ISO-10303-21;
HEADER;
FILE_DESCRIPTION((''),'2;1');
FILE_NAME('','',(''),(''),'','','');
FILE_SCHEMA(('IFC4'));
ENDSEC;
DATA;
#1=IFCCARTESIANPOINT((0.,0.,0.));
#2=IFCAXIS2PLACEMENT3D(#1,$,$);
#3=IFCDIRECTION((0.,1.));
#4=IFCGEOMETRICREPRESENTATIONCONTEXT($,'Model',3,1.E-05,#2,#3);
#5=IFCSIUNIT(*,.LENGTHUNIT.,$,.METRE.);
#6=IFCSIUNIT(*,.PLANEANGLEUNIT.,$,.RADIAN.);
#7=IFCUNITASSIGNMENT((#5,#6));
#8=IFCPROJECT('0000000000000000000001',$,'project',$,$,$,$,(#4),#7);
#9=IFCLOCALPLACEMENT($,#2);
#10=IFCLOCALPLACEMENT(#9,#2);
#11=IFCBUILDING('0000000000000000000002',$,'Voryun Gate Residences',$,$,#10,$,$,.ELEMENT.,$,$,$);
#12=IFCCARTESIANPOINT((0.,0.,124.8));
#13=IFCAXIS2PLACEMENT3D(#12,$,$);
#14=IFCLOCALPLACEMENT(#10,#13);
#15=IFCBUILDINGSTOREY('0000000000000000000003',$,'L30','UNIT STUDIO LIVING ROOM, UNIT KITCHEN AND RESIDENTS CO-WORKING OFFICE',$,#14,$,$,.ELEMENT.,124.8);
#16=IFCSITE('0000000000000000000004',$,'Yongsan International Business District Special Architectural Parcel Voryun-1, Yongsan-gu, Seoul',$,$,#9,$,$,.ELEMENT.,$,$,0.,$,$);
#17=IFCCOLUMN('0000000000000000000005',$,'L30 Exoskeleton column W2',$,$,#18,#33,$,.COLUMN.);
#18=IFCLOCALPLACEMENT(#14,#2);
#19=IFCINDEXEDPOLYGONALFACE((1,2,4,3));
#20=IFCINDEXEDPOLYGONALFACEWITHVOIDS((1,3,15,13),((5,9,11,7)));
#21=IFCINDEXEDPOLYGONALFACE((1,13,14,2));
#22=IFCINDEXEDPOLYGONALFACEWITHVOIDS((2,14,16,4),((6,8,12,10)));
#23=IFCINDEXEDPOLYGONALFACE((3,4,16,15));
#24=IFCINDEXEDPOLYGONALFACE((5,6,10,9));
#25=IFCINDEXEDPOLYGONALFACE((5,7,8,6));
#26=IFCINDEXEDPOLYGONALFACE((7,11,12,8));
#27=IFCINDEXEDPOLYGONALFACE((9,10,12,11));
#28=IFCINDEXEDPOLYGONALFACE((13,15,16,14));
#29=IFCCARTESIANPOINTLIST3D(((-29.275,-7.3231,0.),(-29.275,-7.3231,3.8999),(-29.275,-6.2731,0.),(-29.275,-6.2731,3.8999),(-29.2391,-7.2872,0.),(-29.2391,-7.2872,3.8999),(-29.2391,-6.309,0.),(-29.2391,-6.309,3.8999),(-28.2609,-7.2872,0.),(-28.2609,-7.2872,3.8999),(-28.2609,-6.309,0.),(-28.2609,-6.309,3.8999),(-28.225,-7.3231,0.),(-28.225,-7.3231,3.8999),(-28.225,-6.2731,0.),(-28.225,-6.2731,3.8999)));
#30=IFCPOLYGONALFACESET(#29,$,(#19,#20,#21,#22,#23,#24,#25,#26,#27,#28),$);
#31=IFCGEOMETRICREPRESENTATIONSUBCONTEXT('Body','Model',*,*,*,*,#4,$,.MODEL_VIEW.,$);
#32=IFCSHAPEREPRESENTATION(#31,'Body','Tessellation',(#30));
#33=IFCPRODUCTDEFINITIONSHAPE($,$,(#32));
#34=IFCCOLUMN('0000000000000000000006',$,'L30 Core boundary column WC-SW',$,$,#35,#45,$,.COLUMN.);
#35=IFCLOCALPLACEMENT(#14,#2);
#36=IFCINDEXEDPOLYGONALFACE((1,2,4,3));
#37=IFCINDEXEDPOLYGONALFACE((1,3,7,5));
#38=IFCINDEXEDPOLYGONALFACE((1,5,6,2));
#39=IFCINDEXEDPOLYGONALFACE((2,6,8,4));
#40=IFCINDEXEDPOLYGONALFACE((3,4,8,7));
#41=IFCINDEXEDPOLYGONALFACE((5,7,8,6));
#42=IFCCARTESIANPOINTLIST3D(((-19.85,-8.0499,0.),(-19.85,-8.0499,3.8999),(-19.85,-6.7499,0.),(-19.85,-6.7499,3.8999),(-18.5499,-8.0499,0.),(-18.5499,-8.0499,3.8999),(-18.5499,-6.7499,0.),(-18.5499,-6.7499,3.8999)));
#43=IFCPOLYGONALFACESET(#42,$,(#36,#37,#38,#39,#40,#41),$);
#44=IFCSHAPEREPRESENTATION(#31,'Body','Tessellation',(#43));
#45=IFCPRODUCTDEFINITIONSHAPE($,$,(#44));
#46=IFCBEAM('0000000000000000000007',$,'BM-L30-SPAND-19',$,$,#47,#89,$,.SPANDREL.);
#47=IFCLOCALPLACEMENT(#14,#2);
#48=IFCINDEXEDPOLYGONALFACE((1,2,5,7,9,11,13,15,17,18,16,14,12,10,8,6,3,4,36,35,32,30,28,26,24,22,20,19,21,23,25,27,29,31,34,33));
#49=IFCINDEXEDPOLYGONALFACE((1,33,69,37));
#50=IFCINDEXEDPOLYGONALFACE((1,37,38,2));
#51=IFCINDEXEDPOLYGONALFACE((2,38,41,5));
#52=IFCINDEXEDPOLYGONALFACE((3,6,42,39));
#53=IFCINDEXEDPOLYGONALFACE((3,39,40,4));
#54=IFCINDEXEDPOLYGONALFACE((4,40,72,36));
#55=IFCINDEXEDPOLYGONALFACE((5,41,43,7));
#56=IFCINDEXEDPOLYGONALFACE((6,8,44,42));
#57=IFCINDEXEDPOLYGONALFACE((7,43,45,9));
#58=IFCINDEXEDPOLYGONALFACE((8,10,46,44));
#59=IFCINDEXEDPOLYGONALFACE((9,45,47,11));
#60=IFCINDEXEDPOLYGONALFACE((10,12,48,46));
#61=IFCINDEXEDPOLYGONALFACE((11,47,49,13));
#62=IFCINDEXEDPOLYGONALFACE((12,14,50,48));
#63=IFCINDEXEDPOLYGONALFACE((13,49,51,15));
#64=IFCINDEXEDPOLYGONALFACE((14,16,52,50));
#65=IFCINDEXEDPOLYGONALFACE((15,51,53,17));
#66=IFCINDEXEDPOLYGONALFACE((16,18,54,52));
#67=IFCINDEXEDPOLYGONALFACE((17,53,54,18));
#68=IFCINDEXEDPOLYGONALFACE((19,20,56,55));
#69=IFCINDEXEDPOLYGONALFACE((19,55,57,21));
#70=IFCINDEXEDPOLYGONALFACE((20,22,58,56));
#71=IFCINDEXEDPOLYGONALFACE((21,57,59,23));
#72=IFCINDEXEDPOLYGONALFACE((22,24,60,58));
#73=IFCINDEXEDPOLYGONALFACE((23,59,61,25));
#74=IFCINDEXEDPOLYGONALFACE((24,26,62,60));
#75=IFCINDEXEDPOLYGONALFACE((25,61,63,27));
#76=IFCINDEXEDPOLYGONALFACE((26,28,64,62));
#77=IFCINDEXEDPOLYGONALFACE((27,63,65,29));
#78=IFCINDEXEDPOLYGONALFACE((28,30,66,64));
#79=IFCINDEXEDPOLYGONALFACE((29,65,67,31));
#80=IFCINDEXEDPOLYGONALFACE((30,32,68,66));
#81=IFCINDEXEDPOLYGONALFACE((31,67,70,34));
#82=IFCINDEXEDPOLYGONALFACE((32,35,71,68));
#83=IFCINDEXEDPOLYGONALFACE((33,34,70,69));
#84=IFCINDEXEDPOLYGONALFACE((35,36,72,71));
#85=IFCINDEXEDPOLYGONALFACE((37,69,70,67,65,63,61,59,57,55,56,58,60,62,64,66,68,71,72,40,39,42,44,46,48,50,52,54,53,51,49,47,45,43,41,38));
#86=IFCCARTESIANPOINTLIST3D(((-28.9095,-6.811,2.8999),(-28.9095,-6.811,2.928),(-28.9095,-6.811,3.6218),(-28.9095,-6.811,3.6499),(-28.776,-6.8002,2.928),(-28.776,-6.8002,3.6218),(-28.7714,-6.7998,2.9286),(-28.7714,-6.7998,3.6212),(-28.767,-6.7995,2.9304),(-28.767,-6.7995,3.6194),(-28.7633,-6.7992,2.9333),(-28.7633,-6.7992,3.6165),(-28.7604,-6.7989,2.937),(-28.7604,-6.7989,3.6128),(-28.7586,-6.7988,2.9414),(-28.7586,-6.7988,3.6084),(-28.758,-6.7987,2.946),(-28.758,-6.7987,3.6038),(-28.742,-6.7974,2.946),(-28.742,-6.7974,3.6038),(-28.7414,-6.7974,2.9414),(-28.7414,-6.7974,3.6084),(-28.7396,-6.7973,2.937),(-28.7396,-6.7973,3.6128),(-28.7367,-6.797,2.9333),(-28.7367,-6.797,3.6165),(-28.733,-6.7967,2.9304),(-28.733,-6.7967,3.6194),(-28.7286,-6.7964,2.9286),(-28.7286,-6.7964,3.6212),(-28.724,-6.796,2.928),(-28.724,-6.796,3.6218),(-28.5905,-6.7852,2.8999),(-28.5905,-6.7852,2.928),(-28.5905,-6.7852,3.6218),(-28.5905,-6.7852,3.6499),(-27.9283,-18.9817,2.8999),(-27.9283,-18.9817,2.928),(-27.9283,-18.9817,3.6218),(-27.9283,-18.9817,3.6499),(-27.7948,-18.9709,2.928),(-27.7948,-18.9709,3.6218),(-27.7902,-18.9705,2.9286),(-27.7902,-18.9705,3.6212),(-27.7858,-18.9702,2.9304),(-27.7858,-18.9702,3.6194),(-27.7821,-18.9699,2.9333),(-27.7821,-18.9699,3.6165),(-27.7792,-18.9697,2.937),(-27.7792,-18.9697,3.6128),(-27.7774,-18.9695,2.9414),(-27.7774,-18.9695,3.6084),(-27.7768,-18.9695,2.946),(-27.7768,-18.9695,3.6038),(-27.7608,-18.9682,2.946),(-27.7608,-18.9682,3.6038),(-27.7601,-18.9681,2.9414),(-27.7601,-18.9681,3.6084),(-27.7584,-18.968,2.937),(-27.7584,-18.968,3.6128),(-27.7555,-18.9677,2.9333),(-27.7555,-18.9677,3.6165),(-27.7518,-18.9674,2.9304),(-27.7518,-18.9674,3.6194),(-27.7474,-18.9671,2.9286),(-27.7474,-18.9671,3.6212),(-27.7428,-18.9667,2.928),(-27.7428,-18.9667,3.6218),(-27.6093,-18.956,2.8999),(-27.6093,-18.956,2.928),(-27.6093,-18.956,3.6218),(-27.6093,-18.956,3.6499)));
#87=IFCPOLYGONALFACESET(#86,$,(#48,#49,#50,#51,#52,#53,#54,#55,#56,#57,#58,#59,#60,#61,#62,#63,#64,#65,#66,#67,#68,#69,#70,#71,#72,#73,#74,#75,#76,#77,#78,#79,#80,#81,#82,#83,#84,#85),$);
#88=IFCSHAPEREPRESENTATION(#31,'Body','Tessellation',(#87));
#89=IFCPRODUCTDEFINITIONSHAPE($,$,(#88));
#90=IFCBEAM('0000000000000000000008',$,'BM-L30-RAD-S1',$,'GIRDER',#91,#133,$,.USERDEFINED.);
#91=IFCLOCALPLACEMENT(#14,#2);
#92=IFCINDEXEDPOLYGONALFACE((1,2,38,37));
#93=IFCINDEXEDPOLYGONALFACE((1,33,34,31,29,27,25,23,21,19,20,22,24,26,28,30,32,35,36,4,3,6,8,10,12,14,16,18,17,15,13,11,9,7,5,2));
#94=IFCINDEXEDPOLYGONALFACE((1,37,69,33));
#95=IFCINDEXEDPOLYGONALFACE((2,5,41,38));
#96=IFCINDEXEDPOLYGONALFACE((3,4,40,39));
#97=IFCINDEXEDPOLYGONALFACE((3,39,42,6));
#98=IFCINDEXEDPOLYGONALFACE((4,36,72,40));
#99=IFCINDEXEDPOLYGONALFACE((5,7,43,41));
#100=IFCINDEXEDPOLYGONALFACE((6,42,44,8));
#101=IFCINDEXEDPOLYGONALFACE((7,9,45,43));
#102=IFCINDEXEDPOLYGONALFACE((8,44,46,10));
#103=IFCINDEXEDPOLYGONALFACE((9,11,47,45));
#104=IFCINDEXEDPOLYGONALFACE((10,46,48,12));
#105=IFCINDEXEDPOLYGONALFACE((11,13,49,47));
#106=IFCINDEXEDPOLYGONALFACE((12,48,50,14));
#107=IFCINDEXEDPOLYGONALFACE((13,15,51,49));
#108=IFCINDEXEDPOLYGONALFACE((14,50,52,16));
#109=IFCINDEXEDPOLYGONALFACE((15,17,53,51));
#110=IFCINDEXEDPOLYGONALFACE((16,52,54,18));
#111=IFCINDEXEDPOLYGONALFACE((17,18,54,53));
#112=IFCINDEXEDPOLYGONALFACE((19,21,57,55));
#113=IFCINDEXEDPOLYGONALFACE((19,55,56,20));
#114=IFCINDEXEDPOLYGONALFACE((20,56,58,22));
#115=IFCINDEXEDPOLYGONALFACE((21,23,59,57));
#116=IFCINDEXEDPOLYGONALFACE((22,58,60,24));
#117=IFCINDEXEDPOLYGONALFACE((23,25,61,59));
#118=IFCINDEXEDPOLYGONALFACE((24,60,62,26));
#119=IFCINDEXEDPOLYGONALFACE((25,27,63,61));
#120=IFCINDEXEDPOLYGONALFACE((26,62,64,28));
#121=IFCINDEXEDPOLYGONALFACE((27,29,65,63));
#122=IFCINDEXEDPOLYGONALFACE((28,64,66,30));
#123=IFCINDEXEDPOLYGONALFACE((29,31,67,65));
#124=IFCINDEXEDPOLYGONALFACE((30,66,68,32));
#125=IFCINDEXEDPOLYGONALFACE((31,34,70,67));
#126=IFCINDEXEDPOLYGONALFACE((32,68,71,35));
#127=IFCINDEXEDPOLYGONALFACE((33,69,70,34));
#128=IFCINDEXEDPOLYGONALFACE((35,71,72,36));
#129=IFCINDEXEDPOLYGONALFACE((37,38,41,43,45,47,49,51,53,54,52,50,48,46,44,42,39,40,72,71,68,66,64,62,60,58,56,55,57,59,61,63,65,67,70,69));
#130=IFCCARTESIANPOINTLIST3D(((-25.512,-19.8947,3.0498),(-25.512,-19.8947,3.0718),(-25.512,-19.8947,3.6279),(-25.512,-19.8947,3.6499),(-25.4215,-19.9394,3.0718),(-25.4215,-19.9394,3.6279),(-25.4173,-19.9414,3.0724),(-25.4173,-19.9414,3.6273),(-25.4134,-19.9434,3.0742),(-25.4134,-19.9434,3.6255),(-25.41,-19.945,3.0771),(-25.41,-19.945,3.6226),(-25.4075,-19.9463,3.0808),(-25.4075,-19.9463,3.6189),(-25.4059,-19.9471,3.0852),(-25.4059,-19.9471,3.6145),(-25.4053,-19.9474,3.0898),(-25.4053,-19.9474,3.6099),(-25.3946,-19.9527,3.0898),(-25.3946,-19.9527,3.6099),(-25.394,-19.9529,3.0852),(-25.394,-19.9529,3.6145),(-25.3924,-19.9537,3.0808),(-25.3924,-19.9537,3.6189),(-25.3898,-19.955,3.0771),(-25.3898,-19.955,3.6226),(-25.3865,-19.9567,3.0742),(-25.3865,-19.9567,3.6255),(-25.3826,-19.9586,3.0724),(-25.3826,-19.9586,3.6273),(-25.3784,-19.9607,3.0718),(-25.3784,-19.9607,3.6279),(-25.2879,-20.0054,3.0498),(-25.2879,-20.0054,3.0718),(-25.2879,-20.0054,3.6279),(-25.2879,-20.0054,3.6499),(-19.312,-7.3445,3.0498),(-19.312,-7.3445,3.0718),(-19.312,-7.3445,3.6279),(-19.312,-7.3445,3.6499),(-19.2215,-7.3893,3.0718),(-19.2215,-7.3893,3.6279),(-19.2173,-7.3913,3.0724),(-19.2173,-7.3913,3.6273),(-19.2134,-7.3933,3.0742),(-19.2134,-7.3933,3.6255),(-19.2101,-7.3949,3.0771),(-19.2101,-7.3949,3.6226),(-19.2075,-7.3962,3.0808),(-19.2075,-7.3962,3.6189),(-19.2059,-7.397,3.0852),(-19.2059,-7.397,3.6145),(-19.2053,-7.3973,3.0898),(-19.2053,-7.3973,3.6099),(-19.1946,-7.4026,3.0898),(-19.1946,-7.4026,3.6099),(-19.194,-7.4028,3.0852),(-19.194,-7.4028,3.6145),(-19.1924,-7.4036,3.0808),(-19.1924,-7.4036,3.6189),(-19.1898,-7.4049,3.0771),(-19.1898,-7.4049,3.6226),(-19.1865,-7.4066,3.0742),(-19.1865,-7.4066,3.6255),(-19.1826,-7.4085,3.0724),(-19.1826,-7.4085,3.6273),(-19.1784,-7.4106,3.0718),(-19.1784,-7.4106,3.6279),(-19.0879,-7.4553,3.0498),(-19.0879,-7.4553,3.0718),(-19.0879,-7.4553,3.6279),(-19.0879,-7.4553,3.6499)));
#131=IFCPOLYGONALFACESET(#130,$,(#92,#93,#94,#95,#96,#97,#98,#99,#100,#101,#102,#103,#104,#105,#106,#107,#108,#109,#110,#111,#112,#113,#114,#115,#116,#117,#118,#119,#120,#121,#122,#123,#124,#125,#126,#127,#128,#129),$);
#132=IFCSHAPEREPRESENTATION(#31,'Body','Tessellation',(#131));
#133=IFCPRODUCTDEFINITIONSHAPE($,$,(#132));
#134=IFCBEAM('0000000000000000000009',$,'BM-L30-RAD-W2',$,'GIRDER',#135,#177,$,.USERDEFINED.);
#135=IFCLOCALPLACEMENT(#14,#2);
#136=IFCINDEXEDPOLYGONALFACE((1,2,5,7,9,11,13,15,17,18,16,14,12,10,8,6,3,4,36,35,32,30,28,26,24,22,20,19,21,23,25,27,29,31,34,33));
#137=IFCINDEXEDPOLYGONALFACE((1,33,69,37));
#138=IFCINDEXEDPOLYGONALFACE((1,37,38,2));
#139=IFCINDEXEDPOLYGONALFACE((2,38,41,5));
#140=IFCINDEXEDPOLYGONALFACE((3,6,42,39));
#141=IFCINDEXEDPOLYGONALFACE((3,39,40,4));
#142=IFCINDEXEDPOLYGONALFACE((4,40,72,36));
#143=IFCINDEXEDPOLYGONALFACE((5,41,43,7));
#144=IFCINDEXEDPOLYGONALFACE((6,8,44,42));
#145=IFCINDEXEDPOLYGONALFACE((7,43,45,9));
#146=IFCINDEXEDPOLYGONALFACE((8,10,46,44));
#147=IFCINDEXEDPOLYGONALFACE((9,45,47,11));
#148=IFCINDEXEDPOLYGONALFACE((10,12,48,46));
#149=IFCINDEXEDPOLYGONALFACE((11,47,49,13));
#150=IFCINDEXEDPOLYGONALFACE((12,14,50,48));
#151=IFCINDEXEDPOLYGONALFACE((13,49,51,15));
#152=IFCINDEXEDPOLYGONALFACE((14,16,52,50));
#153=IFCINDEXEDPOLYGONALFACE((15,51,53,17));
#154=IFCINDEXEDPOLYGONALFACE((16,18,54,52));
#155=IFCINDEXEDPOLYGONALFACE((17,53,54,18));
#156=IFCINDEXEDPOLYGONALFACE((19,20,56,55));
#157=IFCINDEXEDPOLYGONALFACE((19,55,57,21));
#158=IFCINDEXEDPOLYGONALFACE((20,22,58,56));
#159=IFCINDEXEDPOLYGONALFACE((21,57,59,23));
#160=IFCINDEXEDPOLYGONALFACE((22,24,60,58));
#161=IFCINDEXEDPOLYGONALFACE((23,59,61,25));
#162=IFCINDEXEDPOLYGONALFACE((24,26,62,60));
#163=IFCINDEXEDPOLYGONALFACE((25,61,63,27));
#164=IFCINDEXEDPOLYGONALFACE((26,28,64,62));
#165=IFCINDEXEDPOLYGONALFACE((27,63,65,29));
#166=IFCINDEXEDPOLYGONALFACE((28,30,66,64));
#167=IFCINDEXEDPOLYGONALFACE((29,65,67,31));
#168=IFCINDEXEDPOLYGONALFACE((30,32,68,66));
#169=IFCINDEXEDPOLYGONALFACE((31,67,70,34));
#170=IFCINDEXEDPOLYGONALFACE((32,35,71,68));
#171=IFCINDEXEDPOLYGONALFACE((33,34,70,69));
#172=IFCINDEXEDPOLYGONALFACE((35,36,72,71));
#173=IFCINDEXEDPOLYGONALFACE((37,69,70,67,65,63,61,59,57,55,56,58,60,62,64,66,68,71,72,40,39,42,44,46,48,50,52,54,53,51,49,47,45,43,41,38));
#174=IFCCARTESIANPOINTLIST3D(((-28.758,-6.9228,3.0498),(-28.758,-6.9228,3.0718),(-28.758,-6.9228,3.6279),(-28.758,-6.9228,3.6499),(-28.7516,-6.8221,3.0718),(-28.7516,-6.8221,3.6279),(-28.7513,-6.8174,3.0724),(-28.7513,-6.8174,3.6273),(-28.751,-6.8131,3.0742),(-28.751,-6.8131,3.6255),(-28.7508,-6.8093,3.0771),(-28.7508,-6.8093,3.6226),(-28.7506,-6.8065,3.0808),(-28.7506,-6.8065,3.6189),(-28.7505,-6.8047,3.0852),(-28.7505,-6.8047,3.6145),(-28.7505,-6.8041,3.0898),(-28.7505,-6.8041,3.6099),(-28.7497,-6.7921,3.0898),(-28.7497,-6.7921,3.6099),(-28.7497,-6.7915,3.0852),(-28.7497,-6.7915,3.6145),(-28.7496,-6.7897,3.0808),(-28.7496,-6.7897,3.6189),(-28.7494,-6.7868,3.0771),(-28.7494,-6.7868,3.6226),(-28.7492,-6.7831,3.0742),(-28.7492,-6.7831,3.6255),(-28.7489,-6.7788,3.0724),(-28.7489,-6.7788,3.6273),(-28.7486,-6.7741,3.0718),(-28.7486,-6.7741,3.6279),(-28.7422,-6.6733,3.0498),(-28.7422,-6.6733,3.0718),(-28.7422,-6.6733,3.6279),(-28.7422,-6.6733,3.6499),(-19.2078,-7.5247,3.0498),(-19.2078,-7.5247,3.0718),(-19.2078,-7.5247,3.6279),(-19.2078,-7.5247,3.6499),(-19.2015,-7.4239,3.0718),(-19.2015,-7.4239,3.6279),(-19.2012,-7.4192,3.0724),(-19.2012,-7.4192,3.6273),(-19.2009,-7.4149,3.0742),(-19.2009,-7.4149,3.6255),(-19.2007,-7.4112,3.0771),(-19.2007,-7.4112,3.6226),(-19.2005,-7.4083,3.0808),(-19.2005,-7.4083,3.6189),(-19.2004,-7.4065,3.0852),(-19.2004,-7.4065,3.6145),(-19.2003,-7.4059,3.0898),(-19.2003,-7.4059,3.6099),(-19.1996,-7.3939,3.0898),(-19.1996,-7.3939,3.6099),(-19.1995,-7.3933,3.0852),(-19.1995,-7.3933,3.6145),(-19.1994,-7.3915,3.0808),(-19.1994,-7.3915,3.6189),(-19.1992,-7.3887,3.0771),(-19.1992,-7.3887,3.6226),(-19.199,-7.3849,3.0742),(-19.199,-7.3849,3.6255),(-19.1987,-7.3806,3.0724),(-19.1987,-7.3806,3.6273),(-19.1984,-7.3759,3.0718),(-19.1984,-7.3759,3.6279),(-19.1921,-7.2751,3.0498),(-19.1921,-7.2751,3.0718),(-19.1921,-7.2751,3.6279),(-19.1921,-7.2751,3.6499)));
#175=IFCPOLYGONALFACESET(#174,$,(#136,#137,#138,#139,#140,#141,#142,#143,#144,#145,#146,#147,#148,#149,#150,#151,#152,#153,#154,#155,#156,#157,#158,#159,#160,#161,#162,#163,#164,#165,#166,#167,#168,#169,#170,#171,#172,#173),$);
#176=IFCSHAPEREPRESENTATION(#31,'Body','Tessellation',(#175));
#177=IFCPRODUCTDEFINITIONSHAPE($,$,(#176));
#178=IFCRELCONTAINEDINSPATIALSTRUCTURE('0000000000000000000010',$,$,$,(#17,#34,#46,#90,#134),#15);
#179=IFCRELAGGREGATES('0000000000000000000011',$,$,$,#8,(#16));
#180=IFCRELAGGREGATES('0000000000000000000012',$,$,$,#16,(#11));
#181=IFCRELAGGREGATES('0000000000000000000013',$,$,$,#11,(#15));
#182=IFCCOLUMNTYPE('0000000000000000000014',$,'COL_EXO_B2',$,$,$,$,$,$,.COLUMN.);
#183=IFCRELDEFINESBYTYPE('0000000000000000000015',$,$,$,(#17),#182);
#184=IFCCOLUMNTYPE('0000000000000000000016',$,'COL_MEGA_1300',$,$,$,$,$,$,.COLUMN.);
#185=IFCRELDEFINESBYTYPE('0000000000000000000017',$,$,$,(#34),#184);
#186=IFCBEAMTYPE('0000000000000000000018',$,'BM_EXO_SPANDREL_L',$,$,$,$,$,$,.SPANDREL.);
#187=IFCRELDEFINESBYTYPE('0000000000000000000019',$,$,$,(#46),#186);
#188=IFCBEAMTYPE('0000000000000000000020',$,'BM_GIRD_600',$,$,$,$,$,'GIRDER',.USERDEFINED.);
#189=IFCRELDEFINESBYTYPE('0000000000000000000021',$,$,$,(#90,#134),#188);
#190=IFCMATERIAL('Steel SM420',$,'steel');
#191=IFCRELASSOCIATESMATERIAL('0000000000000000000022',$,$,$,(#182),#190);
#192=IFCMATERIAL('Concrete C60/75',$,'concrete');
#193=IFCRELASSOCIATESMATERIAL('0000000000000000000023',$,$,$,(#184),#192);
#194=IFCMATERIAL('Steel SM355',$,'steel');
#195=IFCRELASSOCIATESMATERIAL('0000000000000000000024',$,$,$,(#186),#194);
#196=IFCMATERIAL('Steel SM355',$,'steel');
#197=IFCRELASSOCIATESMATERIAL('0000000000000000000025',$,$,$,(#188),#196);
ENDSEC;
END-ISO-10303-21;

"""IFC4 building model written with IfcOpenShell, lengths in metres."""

from ifc_helpers import new_model, si_unit, direction, frame, origin, origin_2d, place, context, subcontext, project, spatial, rectangle, hollow_rectangle, i_section, extrude, material, material_profile, profile_set, type_object, element, save


model = new_model("IFC4")

# Units and contexts
model_context = context("Model", 3, precision=1e-05, world=origin(), true_north=direction((0.0, 1.0)))
body_context = subcontext(model_context, "Body", "Model", "MODEL_VIEW")
ifc_project = project(units=[si_unit("LENGTHUNIT", "METRE"), si_unit("PLANEANGLEUNIT", "RADIAN")], contexts=[model_context])

# Site, building, storey
site_placement = place(None, origin())
site = spatial("IfcSite", under=ifc_project, at=site_placement, Name="Yongsan International Business District Special Architectural Parcel Voryun-1, Yongsan-gu, Seoul", CompositionType="ELEMENT", RefElevation=0.0)
building_placement = place(site_placement, origin())
building = spatial("IfcBuilding", under=site, at=building_placement, Name="Voryun Gate Residences", CompositionType="ELEMENT")
storey_placement = place(building_placement, frame((0.0, 0.0, 124.8)))
storey = spatial("IfcBuildingStorey", under=building, at=storey_placement, Name="L30", Description="UNIT STUDIO LIVING ROOM, UNIT KITCHEN AND RESIDENTS CO-WORKING OFFICE", CompositionType="ELEMENT", Elevation=124.8)

# Columns
ifc_material_1 = material(Name="Steel SM420", Category="steel")
ifc_material_profile_1 = material_profile(ifc_material_1, hollow_rectangle(XDim=1.05, YDim=1.05, WallThickness=0.0359, at=origin_2d()), Name="BOX-1050x1050x36")
ifc_profile_set_1 = profile_set([ifc_material_profile_1], Name="Steel SM420")
column_type_1 = type_object("IfcColumnType", Name="COL_EXO_B2", PredefinedType="COLUMN", material=ifc_profile_set_1)
column_1_placement = place(storey_placement, frame((-28.75, -6.7981, 0.0), z_axis=(0.0, 0.0, 1.0), x_axis=(1.0, 0.0, 0.0)))
element("IfcColumn", 1, at=column_1_placement, inside=storey, type_object=column_type_1, Name="L30 Exoskeleton column W2", PredefinedType="COLUMN", context=body_context, shape_type="SweptSolid", body=[
    extrude(hollow_rectangle(XDim=1.05, YDim=1.05, WallThickness=0.0359, at=origin_2d()), origin(), (0.0, 0.0, 1.0), 3.8999),
])
ifc_material_2 = material(Name="Concrete C60/75", Category="concrete")
ifc_material_profile_2 = material_profile(ifc_material_2, rectangle(XDim=1.3, YDim=1.3, at=origin_2d()), Name="RC-1300x1300")
ifc_profile_set_2 = profile_set([ifc_material_profile_2], Name="Concrete C60/75")
column_type_2 = type_object("IfcColumnType", Name="COL_MEGA_1300", PredefinedType="COLUMN", material=ifc_profile_set_2)
column_2_placement = place(storey_placement, frame((-19.2, -7.3999, 0.0), z_axis=(0.0, 0.0, 1.0), x_axis=(1.0, 0.0, 0.0)))
element("IfcColumn", 2, at=column_2_placement, inside=storey, type_object=column_type_2, Name="L30 Core boundary column WC-SW", PredefinedType="COLUMN", context=body_context, shape_type="SweptSolid", body=[
    extrude(rectangle(XDim=1.3, YDim=1.3, at=origin_2d()), origin(), (0.0, 0.0, 1.0), 3.8999),
])

# Beams
ifc_material_3 = material(Name="Steel SM355", Category="steel")
ifc_material_profile_3 = material_profile(ifc_material_3, i_section(OverallWidth=0.3201, OverallDepth=0.75, WebThickness=0.0161, FlangeThickness=0.0281, FilletRadius=0.0181, at=origin_2d()), Name="H-750x320x16x28")
ifc_profile_set_3 = profile_set([ifc_material_profile_3], Name="Steel SM355")
beam_type_1 = type_object("IfcBeamType", Name="BM_EXO_SPANDREL_L", PredefinedType="SPANDREL", material=ifc_profile_set_3)
beam_1_placement = place(storey_placement, frame((-28.75, -6.7981, 3.2749), z_axis=(0.08036, -0.996766, 0.0), x_axis=(0.996766, 0.08036, 0.0)))
element("IfcBeam", 3, at=beam_1_placement, inside=storey, type_object=beam_type_1, Name="BM-L30-SPAND-19", PredefinedType="SPANDREL", context=body_context, shape_type="SweptSolid", body=[
    extrude(i_section(OverallWidth=0.3201, OverallDepth=0.75, WebThickness=0.0161, FlangeThickness=0.0281, FilletRadius=0.0181, at=origin_2d()), origin(), (0.0, 0.0, 1.0), 12.2102),
])
ifc_material_4 = material(Name="Steel SM355", Category="steel")
ifc_material_profile_4 = material_profile(ifc_material_4, i_section(OverallWidth=0.25, OverallDepth=0.6001, WebThickness=0.012, FlangeThickness=0.022, FilletRadius=0.0181, at=origin_2d()), Name="H-600x250x12x22")
ifc_profile_set_4 = profile_set([ifc_material_profile_4], Name="Steel SM355")
beam_type_2 = type_object("IfcBeamType", Name="BM_GIRD_600", ElementType="GIRDER", PredefinedType="USERDEFINED", material=ifc_profile_set_4)
beam_2_placement = place(storey_placement, frame((-19.2, -7.3999, 3.3499), z_axis=(-0.442918, -0.896562, 0.0), x_axis=(0.896562, -0.442918, 0.0)))
element("IfcBeam", 4, at=beam_2_placement, inside=storey, type_object=beam_type_2, Name="BM-L30-RAD-S1", ObjectType="GIRDER", PredefinedType="USERDEFINED", context=body_context, shape_type="SweptSolid", body=[
    extrude(i_section(OverallWidth=0.25, OverallDepth=0.6001, WebThickness=0.012, FlangeThickness=0.022, FilletRadius=0.0181, at=origin_2d()), origin(), (0.0, 0.0, 1.0), 13.998),
])
beam_3_placement = place(storey_placement, frame((-19.2, -7.3999, 3.3499), z_axis=(-0.99802, 0.062891, 0.0), x_axis=(-0.062891, -0.99802, 0.0)))
element("IfcBeam", 5, at=beam_3_placement, inside=storey, type_object=beam_type_2, Name="BM-L30-RAD-W2", ObjectType="GIRDER", PredefinedType="USERDEFINED", context=body_context, shape_type="SweptSolid", body=[
    extrude(i_section(OverallWidth=0.25, OverallDepth=0.6001, WebThickness=0.012, FlangeThickness=0.022, FilletRadius=0.0181, at=origin_2d()), origin(), (0.0, 0.0, 1.0), 9.5691),
])

save(model, "model.ifc")
